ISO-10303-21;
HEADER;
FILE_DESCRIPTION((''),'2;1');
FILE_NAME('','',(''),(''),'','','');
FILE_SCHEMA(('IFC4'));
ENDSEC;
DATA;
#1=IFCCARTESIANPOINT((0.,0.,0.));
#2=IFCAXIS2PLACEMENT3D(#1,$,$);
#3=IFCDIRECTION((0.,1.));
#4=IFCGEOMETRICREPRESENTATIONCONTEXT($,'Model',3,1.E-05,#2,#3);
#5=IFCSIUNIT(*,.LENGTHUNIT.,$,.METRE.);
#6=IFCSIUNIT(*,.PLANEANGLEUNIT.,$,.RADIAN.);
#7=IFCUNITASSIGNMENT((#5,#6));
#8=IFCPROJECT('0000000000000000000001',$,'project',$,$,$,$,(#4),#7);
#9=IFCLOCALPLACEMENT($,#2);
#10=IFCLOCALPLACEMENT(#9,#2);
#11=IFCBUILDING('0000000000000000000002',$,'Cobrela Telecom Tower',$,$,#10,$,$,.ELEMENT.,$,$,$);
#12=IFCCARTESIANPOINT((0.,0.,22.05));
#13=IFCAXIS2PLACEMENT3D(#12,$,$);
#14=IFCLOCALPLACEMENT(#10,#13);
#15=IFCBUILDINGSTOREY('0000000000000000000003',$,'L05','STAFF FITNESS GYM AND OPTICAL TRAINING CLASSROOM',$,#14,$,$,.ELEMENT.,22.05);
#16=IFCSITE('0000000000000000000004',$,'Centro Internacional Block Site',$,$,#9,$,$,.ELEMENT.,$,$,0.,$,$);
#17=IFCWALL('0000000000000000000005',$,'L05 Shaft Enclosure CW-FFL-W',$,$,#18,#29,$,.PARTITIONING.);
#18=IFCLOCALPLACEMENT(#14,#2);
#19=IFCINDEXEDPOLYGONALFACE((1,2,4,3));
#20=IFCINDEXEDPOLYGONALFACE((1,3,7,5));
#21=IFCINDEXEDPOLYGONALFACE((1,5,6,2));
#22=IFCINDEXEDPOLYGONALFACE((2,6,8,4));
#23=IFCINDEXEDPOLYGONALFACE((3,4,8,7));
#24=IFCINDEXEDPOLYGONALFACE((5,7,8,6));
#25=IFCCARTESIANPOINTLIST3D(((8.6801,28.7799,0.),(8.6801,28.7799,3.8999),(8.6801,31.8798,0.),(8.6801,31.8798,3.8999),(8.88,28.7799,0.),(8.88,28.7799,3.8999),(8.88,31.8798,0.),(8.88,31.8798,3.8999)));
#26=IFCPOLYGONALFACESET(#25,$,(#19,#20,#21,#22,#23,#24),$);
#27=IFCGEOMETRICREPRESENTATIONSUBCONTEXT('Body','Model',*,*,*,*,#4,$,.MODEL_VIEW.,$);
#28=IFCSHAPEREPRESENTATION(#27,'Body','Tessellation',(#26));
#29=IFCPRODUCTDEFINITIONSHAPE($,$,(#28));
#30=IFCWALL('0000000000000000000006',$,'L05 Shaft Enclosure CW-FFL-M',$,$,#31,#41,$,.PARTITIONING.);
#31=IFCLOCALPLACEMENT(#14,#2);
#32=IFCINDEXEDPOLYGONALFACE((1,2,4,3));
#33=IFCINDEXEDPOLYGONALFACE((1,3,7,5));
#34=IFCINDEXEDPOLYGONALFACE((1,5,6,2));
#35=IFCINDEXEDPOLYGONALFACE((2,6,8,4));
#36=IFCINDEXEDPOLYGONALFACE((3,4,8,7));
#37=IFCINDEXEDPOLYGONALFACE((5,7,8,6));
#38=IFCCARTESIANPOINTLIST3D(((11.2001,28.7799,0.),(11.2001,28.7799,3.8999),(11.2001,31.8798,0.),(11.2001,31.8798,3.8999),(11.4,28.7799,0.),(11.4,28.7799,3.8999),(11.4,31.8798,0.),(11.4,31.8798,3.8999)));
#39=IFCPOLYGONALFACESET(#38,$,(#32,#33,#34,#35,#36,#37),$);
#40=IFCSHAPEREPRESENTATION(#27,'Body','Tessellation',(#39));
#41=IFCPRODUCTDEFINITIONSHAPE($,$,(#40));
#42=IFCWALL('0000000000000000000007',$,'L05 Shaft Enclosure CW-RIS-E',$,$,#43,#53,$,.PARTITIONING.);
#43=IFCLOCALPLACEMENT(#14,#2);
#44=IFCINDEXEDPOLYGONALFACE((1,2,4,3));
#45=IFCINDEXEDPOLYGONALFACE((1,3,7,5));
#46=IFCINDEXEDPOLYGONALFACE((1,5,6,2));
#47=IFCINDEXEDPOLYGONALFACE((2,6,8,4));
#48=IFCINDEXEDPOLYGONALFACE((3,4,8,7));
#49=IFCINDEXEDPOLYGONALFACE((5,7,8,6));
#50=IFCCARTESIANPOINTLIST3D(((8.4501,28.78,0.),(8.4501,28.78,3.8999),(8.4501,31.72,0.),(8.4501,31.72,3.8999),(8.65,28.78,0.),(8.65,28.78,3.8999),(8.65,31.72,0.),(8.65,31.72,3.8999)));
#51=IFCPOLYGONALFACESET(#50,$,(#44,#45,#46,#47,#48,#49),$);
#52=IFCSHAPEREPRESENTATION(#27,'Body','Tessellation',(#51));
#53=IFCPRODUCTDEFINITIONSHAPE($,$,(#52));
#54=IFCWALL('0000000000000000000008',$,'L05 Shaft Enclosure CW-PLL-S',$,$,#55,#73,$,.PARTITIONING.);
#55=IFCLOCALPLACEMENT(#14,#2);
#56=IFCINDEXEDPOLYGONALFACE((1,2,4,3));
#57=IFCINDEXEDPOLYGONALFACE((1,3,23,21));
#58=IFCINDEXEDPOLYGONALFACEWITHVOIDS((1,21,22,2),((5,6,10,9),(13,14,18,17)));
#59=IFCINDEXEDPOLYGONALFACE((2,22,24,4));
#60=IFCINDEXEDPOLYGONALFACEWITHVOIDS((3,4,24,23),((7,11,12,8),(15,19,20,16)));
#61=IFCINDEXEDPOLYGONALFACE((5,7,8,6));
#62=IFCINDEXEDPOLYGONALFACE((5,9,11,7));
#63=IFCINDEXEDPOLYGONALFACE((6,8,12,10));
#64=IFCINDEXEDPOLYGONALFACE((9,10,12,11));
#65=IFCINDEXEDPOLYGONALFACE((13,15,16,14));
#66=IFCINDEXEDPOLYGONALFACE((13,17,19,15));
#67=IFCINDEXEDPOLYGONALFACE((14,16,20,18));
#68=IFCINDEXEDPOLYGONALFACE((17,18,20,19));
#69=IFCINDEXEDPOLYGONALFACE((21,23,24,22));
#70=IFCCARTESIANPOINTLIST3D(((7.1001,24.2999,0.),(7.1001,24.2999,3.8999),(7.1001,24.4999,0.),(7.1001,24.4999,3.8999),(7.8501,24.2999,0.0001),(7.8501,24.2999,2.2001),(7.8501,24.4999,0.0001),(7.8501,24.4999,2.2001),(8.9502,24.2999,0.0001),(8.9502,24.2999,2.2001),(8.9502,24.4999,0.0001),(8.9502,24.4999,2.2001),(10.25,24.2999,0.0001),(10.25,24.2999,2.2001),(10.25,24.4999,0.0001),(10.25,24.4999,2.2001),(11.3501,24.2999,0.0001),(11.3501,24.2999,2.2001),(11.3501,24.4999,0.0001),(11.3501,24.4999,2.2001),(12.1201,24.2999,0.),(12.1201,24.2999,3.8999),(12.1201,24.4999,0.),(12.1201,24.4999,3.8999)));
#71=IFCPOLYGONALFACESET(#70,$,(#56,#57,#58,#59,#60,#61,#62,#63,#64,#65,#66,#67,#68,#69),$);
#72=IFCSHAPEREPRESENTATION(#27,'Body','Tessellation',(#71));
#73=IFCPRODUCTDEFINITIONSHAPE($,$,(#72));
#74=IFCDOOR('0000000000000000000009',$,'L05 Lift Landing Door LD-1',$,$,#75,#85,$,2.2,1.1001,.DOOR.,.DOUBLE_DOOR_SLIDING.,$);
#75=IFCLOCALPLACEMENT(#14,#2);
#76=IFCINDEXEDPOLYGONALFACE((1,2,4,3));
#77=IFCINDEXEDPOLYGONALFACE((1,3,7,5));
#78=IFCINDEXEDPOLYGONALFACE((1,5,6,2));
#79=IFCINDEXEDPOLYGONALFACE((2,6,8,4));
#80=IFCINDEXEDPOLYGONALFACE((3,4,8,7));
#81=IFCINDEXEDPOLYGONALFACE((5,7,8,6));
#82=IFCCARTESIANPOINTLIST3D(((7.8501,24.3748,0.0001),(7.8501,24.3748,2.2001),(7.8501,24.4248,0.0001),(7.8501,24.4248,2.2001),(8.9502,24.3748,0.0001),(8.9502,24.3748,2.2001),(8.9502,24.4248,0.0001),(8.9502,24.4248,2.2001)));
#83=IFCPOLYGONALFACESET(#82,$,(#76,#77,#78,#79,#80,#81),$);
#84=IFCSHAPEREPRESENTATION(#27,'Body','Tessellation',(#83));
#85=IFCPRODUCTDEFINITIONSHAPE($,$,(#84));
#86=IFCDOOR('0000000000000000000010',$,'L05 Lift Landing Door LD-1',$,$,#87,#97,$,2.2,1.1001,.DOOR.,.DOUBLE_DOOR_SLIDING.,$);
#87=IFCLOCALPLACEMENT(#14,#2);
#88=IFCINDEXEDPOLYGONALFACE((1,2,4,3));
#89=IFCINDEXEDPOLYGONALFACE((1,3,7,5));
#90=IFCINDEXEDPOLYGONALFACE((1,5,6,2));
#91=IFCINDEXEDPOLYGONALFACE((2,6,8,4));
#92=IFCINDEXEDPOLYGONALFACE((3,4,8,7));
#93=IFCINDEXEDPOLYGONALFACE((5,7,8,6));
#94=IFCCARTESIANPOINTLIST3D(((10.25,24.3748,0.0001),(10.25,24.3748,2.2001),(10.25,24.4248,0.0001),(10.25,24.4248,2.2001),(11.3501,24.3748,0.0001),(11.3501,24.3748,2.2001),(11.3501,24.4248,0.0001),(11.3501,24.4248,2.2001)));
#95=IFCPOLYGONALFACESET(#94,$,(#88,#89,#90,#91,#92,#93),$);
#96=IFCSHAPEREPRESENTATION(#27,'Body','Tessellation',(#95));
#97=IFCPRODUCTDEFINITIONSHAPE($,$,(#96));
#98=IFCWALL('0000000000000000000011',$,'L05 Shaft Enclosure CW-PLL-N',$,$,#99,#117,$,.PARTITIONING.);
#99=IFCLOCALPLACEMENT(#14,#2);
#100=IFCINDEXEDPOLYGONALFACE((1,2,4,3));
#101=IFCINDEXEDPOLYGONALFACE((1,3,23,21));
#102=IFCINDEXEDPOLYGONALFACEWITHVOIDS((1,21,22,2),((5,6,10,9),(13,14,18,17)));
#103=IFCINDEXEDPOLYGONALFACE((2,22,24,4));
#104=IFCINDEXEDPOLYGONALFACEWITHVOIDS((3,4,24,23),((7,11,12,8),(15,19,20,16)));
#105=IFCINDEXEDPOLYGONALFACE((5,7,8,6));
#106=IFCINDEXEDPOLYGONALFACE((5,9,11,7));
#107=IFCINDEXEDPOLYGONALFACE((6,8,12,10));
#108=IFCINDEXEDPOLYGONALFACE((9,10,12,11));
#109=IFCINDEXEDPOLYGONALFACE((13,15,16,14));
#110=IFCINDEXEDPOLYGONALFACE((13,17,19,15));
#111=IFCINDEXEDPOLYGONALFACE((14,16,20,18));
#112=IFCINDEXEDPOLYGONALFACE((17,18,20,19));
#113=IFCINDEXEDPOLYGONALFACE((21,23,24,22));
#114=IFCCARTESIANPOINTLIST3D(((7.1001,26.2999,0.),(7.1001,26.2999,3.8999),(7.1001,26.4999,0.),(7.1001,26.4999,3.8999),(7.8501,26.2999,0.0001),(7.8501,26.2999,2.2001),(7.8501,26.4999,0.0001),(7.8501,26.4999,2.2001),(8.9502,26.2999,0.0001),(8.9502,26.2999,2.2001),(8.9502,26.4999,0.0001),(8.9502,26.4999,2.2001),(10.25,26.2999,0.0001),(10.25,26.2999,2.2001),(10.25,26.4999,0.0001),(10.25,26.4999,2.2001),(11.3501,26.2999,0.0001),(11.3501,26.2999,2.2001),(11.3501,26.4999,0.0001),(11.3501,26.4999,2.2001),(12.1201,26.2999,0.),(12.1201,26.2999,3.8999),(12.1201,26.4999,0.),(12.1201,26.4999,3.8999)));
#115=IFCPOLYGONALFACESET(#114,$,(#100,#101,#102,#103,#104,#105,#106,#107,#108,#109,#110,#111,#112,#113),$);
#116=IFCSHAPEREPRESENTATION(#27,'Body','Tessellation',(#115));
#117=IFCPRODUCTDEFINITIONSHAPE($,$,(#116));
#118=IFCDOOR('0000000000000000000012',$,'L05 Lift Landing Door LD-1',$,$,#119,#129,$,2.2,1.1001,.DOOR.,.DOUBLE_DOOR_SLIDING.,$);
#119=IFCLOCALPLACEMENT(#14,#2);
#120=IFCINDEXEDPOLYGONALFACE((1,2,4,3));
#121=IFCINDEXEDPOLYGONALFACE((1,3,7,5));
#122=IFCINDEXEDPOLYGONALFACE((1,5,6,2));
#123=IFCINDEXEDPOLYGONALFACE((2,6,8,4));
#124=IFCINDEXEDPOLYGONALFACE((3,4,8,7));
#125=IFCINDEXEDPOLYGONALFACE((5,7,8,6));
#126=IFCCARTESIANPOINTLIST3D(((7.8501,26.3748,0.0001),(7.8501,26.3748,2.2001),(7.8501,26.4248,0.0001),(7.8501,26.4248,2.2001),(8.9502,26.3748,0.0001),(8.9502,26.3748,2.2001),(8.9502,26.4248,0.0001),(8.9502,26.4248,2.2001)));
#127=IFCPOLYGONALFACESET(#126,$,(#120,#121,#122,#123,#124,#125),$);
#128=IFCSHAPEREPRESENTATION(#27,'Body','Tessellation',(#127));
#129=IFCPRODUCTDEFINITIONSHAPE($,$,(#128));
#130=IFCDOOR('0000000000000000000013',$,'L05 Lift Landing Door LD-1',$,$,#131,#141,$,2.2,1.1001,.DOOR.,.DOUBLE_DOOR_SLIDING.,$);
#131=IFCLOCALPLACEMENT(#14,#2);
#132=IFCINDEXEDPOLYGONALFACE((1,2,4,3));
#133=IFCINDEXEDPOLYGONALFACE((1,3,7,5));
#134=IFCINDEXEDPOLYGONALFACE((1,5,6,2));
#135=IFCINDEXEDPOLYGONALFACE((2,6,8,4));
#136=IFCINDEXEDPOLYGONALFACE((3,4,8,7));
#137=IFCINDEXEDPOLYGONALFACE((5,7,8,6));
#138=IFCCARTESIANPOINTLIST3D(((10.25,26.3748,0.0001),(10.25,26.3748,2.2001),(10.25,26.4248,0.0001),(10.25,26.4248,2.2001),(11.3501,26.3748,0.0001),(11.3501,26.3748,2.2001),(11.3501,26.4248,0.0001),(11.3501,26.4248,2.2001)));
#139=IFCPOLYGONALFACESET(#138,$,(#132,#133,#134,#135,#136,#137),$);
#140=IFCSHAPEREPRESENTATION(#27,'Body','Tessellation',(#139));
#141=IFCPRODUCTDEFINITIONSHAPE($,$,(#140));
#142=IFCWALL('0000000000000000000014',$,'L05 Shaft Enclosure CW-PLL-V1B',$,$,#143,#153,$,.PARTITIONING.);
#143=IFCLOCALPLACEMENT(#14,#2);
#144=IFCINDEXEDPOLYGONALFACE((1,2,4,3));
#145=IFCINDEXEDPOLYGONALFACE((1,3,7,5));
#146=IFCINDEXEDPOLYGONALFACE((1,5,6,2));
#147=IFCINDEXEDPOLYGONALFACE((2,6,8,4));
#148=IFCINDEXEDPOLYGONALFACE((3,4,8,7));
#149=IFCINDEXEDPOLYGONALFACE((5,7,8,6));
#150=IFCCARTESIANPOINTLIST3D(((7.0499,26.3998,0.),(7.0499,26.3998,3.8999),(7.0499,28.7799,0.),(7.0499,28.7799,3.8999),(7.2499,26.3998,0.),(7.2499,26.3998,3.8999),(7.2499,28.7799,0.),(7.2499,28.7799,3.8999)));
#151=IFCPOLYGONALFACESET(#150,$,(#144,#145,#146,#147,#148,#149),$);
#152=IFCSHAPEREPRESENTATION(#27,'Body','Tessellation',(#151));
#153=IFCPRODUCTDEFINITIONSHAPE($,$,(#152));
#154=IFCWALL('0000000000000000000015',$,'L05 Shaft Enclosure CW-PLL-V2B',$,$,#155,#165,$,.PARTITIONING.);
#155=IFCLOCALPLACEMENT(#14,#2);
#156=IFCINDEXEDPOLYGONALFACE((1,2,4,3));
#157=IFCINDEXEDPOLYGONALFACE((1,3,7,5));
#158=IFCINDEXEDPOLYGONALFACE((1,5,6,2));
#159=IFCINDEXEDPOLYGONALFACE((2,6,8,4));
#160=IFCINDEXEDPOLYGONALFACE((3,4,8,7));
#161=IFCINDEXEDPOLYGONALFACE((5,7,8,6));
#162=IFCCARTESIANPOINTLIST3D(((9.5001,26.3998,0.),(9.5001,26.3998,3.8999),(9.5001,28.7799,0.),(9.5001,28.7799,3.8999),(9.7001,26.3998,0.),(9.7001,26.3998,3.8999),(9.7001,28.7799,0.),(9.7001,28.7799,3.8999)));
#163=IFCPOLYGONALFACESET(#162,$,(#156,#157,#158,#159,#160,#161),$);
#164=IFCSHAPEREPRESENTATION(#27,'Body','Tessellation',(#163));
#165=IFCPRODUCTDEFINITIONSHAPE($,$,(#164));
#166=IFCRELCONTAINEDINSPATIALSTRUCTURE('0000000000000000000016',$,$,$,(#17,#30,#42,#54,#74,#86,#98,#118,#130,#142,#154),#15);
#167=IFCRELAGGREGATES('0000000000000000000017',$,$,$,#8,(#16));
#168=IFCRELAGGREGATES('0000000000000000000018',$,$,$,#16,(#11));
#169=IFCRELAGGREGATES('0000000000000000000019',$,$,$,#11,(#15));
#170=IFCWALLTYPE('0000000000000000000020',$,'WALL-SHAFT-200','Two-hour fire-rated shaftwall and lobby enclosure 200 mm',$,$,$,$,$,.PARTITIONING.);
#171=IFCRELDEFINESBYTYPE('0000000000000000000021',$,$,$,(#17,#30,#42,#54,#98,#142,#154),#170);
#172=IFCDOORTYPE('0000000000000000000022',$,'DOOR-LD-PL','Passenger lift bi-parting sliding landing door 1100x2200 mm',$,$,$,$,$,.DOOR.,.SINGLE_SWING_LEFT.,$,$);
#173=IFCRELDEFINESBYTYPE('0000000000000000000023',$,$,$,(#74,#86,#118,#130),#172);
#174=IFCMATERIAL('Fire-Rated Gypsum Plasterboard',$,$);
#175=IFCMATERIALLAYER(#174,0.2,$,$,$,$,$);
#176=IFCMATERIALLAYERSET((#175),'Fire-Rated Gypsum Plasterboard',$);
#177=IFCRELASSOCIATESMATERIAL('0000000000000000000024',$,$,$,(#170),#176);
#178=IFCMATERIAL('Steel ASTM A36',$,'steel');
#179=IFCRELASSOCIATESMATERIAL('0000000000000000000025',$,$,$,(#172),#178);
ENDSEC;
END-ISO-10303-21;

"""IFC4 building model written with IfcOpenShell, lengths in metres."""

from ifc_helpers import new_model, si_unit, direction, frame, frame_2d, origin, place, context, subcontext, project, spatial, rectangle, extrude, material, layer, layer_set, type_object, element, fill, save


model = new_model("IFC4")

# Units and contexts
model_context = context("Model", 3, precision=1e-05, world=origin(), true_north=direction((0.0, 1.0)))
body_context = subcontext(model_context, "Body", "Model", "MODEL_VIEW")
ifc_project = project(units=[si_unit("LENGTHUNIT", "METRE"), si_unit("PLANEANGLEUNIT", "RADIAN")], contexts=[model_context])

# Site, building, storey
site_placement = place(None, origin())
site = spatial("IfcSite", under=ifc_project, at=site_placement, Name="Centro Internacional Block Site", CompositionType="ELEMENT", RefElevation=0.0)
building_placement = place(site_placement, origin())
building = spatial("IfcBuilding", under=site, at=building_placement, Name="Cobrela Telecom Tower", CompositionType="ELEMENT")
storey_placement = place(building_placement, frame((0.0, 0.0, 22.05)))
storey = spatial("IfcBuildingStorey", under=building, at=storey_placement, Name="L05", Description="STAFF FITNESS GYM AND OPTICAL TRAINING CLASSROOM", CompositionType="ELEMENT", Elevation=22.05)

# Shared definitions
ifc_material_1 = material(Name="Steel ASTM A36", Category="steel")
ifc_material_2 = material(Name="Fire-Rated Gypsum Plasterboard")
ifc_layer_1 = layer(ifc_material_2, 0.2)
ifc_layer_set_1 = layer_set([ifc_layer_1], Name="Fire-Rated Gypsum Plasterboard")
wall_type_1 = type_object("IfcWallType", Name="WALL-SHAFT-200", Description="Two-hour fire-rated shaftwall and lobby enclosure 200 mm", PredefinedType="PARTITIONING", material=ifc_layer_set_1)

# Walls
for number, where, z_axis, x_axis, name in (
    (1, (8.78, 28.78, 0.0), (0.0, 0.0, 1.0), (0.0, 1.0, 0.0), "L05 Shaft Enclosure CW-FFL-W"),
    (2, (11.3, 28.78, 0.0), (0.0, 0.0, 1.0), (0.0, 1.0, 0.0), "L05 Shaft Enclosure CW-FFL-M"),
):
    element("IfcWall", number, at=place(storey_placement, frame(where, z_axis=z_axis, x_axis=x_axis)), inside=storey, type_object=wall_type_1, Name=name, PredefinedType="PARTITIONING", context=body_context, shape_type="SweptSolid", body=[
        extrude(rectangle(XDim=3.0999, YDim=0.2, at=frame_2d((1.5498, 0.0))), origin(), (0.0, 0.0, 1.0), 3.8999),
    ])
wall_1_placement = place(storey_placement, frame((8.55, 28.78, 0.0), z_axis=(0.0, 0.0, 1.0), x_axis=(0.0, 1.0, 0.0)))
element("IfcWall", 3, at=wall_1_placement, inside=storey, type_object=wall_type_1, Name="L05 Shaft Enclosure CW-RIS-E", PredefinedType="PARTITIONING", context=body_context, shape_type="SweptSolid", body=[
    extrude(rectangle(XDim=2.9399, YDim=0.2, at=frame_2d((1.47, 0.0))), origin(), (0.0, 0.0, 1.0), 3.8999),
])

# Walls, openings, doors
wall_2_placement = place(storey_placement, frame((7.1001, 24.3999, 0.0), z_axis=(0.0, 0.0, 1.0), x_axis=(1.0, 0.0, 0.0)))
wall_2 = element("IfcWall", 4, at=wall_2_placement, inside=storey, type_object=wall_type_1, Name="L05 Shaft Enclosure CW-PLL-S", PredefinedType="PARTITIONING", context=body_context, shape_type="SweptSolid", body=[
    extrude(rectangle(XDim=5.02, YDim=0.2, at=frame_2d((2.51, 0.0))), origin(), (0.0, 0.0, 1.0), 3.8999),
])
opening_1_placement = place(wall_2_placement, frame((0.75, 0.0, 0.0)))
opening_1 = element("IfcOpeningElement", 5, at=opening_1_placement, cuts=wall_2, PredefinedType="OPENING", context=body_context, shape_type="SweptSolid", body=[
    extrude(rectangle(XDim=1.1001, YDim=2.2, at=frame_2d((0.55, 1.1001))), frame((0.0, 0.1118, 0.0), z_axis=(0.0, -1.0, 0.0), x_axis=(1.0, 0.0, 0.0)), (0.0, 0.0, 1.0), 0.2239),
])
opening_2_placement = place(wall_2_placement, frame((3.1499, 0.0, 0.0)))
opening_2 = element("IfcOpeningElement", 6, at=opening_2_placement, cuts=wall_2, PredefinedType="OPENING", context=body_context, shape_type="SweptSolid", body=[
    extrude(rectangle(XDim=1.1001, YDim=2.2, at=frame_2d((0.55, 1.1001))), frame((0.0, 0.1118, 0.0), z_axis=(0.0, -1.0, 0.0), x_axis=(1.0, 0.0, 0.0)), (0.0, 0.0, 1.0), 0.2239),
])
door_type_1 = type_object("IfcDoorType", Name="DOOR-LD-PL", Description="Passenger lift bi-parting sliding landing door 1100x2200 mm", OperationType="SINGLE_SWING_LEFT", PredefinedType="DOOR", material=ifc_material_1)
door_1_placement = place(opening_1_placement, origin())
door_1 = element("IfcDoor", 7, at=door_1_placement, inside=storey, type_object=door_type_1, Name="L05 Lift Landing Door LD-1", OperationType="DOUBLE_DOOR_SLIDING", OverallHeight=2.2, OverallWidth=1.1001, PredefinedType="DOOR", context=body_context, shape_type="SweptSolid", body=[
    extrude(rectangle(XDim=1.1001, YDim=2.2, at=frame_2d((0.55, 1.1001))), frame((0.0, 0.0249, 0.0), z_axis=(0.0, -1.0, 0.0), x_axis=(1.0, 0.0, 0.0)), (0.0, 0.0, 1.0), 0.05),
])
fill(opening_1, door_1)
door_2_placement = place(opening_2_placement, origin())
door_2 = element("IfcDoor", 8, at=door_2_placement, inside=storey, type_object=door_type_1, Name="L05 Lift Landing Door LD-1", OperationType="DOUBLE_DOOR_SLIDING", OverallHeight=2.2, OverallWidth=1.1001, PredefinedType="DOOR", context=body_context, shape_type="SweptSolid", body=[
    extrude(rectangle(XDim=1.1001, YDim=2.2, at=frame_2d((0.55, 1.1001))), frame((0.0, 0.0249, 0.0), z_axis=(0.0, -1.0, 0.0), x_axis=(1.0, 0.0, 0.0)), (0.0, 0.0, 1.0), 0.05),
])
fill(opening_2, door_2)
wall_3_placement = place(storey_placement, frame((7.1001, 26.3999, 0.0), z_axis=(0.0, 0.0, 1.0), x_axis=(1.0, 0.0, 0.0)))
wall_3 = element("IfcWall", 9, at=wall_3_placement, inside=storey, type_object=wall_type_1, Name="L05 Shaft Enclosure CW-PLL-N", PredefinedType="PARTITIONING", context=body_context, shape_type="SweptSolid", body=[
    extrude(rectangle(XDim=5.02, YDim=0.2, at=frame_2d((2.51, 0.0))), origin(), (0.0, 0.0, 1.0), 3.8999),
])
opening_3_placement = place(wall_3_placement, frame((0.75, 0.0, 0.0)))
opening_3 = element("IfcOpeningElement", 10, at=opening_3_placement, cuts=wall_3, PredefinedType="OPENING", context=body_context, shape_type="SweptSolid", body=[
    extrude(rectangle(XDim=1.1001, YDim=2.2, at=frame_2d((0.55, 1.1001))), frame((0.0, 0.1118, 0.0), z_axis=(0.0, -1.0, 0.0), x_axis=(1.0, 0.0, 0.0)), (0.0, 0.0, 1.0), 0.2239),
])
opening_4_placement = place(wall_3_placement, frame((3.1499, 0.0, 0.0)))
opening_4 = element("IfcOpeningElement", 11, at=opening_4_placement, cuts=wall_3, PredefinedType="OPENING", context=body_context, shape_type="SweptSolid", body=[
    extrude(rectangle(XDim=1.1001, YDim=2.2, at=frame_2d((0.55, 1.1001))), frame((0.0, 0.1118, 0.0), z_axis=(0.0, -1.0, 0.0), x_axis=(1.0, 0.0, 0.0)), (0.0, 0.0, 1.0), 0.2239),
])
door_3_placement = place(opening_3_placement, origin())
door_3 = element("IfcDoor", 12, at=door_3_placement, inside=storey, type_object=door_type_1, Name="L05 Lift Landing Door LD-1", OperationType="DOUBLE_DOOR_SLIDING", OverallHeight=2.2, OverallWidth=1.1001, PredefinedType="DOOR", context=body_context, shape_type="SweptSolid", body=[
    extrude(rectangle(XDim=1.1001, YDim=2.2, at=frame_2d((0.55, 1.1001))), frame((0.0, 0.0249, 0.0), z_axis=(0.0, -1.0, 0.0), x_axis=(1.0, 0.0, 0.0)), (0.0, 0.0, 1.0), 0.05),
])
fill(opening_3, door_3)
door_4_placement = place(opening_4_placement, origin())
door_4 = element("IfcDoor", 13, at=door_4_placement, inside=storey, type_object=door_type_1, Name="L05 Lift Landing Door LD-1", OperationType="DOUBLE_DOOR_SLIDING", OverallHeight=2.2, OverallWidth=1.1001, PredefinedType="DOOR", context=body_context, shape_type="SweptSolid", body=[
    extrude(rectangle(XDim=1.1001, YDim=2.2, at=frame_2d((0.55, 1.1001))), frame((0.0, 0.0249, 0.0), z_axis=(0.0, -1.0, 0.0), x_axis=(1.0, 0.0, 0.0)), (0.0, 0.0, 1.0), 0.05),
])
fill(opening_4, door_4)

# Walls
for number, where, z_axis, x_axis, name in (
    (14, (7.1499, 26.3999, 0.0), (0.0, 0.0, 1.0), (0.0, 1.0, 0.0), "L05 Shaft Enclosure CW-PLL-V1B"),
    (15, (9.6001, 26.3999, 0.0), (0.0, 0.0, 1.0), (0.0, 1.0, 0.0), "L05 Shaft Enclosure CW-PLL-V2B"),
):
    element("IfcWall", number, at=place(storey_placement, frame(where, z_axis=z_axis, x_axis=x_axis)), inside=storey, type_object=wall_type_1, Name=name, PredefinedType="PARTITIONING", context=body_context, shape_type="SweptSolid", body=[
        extrude(rectangle(XDim=2.3801, YDim=0.2, at=frame_2d((1.1899, 0.0))), origin(), (0.0, 0.0, 1.0), 3.8999),
    ])

save(model, "model.ifc")
